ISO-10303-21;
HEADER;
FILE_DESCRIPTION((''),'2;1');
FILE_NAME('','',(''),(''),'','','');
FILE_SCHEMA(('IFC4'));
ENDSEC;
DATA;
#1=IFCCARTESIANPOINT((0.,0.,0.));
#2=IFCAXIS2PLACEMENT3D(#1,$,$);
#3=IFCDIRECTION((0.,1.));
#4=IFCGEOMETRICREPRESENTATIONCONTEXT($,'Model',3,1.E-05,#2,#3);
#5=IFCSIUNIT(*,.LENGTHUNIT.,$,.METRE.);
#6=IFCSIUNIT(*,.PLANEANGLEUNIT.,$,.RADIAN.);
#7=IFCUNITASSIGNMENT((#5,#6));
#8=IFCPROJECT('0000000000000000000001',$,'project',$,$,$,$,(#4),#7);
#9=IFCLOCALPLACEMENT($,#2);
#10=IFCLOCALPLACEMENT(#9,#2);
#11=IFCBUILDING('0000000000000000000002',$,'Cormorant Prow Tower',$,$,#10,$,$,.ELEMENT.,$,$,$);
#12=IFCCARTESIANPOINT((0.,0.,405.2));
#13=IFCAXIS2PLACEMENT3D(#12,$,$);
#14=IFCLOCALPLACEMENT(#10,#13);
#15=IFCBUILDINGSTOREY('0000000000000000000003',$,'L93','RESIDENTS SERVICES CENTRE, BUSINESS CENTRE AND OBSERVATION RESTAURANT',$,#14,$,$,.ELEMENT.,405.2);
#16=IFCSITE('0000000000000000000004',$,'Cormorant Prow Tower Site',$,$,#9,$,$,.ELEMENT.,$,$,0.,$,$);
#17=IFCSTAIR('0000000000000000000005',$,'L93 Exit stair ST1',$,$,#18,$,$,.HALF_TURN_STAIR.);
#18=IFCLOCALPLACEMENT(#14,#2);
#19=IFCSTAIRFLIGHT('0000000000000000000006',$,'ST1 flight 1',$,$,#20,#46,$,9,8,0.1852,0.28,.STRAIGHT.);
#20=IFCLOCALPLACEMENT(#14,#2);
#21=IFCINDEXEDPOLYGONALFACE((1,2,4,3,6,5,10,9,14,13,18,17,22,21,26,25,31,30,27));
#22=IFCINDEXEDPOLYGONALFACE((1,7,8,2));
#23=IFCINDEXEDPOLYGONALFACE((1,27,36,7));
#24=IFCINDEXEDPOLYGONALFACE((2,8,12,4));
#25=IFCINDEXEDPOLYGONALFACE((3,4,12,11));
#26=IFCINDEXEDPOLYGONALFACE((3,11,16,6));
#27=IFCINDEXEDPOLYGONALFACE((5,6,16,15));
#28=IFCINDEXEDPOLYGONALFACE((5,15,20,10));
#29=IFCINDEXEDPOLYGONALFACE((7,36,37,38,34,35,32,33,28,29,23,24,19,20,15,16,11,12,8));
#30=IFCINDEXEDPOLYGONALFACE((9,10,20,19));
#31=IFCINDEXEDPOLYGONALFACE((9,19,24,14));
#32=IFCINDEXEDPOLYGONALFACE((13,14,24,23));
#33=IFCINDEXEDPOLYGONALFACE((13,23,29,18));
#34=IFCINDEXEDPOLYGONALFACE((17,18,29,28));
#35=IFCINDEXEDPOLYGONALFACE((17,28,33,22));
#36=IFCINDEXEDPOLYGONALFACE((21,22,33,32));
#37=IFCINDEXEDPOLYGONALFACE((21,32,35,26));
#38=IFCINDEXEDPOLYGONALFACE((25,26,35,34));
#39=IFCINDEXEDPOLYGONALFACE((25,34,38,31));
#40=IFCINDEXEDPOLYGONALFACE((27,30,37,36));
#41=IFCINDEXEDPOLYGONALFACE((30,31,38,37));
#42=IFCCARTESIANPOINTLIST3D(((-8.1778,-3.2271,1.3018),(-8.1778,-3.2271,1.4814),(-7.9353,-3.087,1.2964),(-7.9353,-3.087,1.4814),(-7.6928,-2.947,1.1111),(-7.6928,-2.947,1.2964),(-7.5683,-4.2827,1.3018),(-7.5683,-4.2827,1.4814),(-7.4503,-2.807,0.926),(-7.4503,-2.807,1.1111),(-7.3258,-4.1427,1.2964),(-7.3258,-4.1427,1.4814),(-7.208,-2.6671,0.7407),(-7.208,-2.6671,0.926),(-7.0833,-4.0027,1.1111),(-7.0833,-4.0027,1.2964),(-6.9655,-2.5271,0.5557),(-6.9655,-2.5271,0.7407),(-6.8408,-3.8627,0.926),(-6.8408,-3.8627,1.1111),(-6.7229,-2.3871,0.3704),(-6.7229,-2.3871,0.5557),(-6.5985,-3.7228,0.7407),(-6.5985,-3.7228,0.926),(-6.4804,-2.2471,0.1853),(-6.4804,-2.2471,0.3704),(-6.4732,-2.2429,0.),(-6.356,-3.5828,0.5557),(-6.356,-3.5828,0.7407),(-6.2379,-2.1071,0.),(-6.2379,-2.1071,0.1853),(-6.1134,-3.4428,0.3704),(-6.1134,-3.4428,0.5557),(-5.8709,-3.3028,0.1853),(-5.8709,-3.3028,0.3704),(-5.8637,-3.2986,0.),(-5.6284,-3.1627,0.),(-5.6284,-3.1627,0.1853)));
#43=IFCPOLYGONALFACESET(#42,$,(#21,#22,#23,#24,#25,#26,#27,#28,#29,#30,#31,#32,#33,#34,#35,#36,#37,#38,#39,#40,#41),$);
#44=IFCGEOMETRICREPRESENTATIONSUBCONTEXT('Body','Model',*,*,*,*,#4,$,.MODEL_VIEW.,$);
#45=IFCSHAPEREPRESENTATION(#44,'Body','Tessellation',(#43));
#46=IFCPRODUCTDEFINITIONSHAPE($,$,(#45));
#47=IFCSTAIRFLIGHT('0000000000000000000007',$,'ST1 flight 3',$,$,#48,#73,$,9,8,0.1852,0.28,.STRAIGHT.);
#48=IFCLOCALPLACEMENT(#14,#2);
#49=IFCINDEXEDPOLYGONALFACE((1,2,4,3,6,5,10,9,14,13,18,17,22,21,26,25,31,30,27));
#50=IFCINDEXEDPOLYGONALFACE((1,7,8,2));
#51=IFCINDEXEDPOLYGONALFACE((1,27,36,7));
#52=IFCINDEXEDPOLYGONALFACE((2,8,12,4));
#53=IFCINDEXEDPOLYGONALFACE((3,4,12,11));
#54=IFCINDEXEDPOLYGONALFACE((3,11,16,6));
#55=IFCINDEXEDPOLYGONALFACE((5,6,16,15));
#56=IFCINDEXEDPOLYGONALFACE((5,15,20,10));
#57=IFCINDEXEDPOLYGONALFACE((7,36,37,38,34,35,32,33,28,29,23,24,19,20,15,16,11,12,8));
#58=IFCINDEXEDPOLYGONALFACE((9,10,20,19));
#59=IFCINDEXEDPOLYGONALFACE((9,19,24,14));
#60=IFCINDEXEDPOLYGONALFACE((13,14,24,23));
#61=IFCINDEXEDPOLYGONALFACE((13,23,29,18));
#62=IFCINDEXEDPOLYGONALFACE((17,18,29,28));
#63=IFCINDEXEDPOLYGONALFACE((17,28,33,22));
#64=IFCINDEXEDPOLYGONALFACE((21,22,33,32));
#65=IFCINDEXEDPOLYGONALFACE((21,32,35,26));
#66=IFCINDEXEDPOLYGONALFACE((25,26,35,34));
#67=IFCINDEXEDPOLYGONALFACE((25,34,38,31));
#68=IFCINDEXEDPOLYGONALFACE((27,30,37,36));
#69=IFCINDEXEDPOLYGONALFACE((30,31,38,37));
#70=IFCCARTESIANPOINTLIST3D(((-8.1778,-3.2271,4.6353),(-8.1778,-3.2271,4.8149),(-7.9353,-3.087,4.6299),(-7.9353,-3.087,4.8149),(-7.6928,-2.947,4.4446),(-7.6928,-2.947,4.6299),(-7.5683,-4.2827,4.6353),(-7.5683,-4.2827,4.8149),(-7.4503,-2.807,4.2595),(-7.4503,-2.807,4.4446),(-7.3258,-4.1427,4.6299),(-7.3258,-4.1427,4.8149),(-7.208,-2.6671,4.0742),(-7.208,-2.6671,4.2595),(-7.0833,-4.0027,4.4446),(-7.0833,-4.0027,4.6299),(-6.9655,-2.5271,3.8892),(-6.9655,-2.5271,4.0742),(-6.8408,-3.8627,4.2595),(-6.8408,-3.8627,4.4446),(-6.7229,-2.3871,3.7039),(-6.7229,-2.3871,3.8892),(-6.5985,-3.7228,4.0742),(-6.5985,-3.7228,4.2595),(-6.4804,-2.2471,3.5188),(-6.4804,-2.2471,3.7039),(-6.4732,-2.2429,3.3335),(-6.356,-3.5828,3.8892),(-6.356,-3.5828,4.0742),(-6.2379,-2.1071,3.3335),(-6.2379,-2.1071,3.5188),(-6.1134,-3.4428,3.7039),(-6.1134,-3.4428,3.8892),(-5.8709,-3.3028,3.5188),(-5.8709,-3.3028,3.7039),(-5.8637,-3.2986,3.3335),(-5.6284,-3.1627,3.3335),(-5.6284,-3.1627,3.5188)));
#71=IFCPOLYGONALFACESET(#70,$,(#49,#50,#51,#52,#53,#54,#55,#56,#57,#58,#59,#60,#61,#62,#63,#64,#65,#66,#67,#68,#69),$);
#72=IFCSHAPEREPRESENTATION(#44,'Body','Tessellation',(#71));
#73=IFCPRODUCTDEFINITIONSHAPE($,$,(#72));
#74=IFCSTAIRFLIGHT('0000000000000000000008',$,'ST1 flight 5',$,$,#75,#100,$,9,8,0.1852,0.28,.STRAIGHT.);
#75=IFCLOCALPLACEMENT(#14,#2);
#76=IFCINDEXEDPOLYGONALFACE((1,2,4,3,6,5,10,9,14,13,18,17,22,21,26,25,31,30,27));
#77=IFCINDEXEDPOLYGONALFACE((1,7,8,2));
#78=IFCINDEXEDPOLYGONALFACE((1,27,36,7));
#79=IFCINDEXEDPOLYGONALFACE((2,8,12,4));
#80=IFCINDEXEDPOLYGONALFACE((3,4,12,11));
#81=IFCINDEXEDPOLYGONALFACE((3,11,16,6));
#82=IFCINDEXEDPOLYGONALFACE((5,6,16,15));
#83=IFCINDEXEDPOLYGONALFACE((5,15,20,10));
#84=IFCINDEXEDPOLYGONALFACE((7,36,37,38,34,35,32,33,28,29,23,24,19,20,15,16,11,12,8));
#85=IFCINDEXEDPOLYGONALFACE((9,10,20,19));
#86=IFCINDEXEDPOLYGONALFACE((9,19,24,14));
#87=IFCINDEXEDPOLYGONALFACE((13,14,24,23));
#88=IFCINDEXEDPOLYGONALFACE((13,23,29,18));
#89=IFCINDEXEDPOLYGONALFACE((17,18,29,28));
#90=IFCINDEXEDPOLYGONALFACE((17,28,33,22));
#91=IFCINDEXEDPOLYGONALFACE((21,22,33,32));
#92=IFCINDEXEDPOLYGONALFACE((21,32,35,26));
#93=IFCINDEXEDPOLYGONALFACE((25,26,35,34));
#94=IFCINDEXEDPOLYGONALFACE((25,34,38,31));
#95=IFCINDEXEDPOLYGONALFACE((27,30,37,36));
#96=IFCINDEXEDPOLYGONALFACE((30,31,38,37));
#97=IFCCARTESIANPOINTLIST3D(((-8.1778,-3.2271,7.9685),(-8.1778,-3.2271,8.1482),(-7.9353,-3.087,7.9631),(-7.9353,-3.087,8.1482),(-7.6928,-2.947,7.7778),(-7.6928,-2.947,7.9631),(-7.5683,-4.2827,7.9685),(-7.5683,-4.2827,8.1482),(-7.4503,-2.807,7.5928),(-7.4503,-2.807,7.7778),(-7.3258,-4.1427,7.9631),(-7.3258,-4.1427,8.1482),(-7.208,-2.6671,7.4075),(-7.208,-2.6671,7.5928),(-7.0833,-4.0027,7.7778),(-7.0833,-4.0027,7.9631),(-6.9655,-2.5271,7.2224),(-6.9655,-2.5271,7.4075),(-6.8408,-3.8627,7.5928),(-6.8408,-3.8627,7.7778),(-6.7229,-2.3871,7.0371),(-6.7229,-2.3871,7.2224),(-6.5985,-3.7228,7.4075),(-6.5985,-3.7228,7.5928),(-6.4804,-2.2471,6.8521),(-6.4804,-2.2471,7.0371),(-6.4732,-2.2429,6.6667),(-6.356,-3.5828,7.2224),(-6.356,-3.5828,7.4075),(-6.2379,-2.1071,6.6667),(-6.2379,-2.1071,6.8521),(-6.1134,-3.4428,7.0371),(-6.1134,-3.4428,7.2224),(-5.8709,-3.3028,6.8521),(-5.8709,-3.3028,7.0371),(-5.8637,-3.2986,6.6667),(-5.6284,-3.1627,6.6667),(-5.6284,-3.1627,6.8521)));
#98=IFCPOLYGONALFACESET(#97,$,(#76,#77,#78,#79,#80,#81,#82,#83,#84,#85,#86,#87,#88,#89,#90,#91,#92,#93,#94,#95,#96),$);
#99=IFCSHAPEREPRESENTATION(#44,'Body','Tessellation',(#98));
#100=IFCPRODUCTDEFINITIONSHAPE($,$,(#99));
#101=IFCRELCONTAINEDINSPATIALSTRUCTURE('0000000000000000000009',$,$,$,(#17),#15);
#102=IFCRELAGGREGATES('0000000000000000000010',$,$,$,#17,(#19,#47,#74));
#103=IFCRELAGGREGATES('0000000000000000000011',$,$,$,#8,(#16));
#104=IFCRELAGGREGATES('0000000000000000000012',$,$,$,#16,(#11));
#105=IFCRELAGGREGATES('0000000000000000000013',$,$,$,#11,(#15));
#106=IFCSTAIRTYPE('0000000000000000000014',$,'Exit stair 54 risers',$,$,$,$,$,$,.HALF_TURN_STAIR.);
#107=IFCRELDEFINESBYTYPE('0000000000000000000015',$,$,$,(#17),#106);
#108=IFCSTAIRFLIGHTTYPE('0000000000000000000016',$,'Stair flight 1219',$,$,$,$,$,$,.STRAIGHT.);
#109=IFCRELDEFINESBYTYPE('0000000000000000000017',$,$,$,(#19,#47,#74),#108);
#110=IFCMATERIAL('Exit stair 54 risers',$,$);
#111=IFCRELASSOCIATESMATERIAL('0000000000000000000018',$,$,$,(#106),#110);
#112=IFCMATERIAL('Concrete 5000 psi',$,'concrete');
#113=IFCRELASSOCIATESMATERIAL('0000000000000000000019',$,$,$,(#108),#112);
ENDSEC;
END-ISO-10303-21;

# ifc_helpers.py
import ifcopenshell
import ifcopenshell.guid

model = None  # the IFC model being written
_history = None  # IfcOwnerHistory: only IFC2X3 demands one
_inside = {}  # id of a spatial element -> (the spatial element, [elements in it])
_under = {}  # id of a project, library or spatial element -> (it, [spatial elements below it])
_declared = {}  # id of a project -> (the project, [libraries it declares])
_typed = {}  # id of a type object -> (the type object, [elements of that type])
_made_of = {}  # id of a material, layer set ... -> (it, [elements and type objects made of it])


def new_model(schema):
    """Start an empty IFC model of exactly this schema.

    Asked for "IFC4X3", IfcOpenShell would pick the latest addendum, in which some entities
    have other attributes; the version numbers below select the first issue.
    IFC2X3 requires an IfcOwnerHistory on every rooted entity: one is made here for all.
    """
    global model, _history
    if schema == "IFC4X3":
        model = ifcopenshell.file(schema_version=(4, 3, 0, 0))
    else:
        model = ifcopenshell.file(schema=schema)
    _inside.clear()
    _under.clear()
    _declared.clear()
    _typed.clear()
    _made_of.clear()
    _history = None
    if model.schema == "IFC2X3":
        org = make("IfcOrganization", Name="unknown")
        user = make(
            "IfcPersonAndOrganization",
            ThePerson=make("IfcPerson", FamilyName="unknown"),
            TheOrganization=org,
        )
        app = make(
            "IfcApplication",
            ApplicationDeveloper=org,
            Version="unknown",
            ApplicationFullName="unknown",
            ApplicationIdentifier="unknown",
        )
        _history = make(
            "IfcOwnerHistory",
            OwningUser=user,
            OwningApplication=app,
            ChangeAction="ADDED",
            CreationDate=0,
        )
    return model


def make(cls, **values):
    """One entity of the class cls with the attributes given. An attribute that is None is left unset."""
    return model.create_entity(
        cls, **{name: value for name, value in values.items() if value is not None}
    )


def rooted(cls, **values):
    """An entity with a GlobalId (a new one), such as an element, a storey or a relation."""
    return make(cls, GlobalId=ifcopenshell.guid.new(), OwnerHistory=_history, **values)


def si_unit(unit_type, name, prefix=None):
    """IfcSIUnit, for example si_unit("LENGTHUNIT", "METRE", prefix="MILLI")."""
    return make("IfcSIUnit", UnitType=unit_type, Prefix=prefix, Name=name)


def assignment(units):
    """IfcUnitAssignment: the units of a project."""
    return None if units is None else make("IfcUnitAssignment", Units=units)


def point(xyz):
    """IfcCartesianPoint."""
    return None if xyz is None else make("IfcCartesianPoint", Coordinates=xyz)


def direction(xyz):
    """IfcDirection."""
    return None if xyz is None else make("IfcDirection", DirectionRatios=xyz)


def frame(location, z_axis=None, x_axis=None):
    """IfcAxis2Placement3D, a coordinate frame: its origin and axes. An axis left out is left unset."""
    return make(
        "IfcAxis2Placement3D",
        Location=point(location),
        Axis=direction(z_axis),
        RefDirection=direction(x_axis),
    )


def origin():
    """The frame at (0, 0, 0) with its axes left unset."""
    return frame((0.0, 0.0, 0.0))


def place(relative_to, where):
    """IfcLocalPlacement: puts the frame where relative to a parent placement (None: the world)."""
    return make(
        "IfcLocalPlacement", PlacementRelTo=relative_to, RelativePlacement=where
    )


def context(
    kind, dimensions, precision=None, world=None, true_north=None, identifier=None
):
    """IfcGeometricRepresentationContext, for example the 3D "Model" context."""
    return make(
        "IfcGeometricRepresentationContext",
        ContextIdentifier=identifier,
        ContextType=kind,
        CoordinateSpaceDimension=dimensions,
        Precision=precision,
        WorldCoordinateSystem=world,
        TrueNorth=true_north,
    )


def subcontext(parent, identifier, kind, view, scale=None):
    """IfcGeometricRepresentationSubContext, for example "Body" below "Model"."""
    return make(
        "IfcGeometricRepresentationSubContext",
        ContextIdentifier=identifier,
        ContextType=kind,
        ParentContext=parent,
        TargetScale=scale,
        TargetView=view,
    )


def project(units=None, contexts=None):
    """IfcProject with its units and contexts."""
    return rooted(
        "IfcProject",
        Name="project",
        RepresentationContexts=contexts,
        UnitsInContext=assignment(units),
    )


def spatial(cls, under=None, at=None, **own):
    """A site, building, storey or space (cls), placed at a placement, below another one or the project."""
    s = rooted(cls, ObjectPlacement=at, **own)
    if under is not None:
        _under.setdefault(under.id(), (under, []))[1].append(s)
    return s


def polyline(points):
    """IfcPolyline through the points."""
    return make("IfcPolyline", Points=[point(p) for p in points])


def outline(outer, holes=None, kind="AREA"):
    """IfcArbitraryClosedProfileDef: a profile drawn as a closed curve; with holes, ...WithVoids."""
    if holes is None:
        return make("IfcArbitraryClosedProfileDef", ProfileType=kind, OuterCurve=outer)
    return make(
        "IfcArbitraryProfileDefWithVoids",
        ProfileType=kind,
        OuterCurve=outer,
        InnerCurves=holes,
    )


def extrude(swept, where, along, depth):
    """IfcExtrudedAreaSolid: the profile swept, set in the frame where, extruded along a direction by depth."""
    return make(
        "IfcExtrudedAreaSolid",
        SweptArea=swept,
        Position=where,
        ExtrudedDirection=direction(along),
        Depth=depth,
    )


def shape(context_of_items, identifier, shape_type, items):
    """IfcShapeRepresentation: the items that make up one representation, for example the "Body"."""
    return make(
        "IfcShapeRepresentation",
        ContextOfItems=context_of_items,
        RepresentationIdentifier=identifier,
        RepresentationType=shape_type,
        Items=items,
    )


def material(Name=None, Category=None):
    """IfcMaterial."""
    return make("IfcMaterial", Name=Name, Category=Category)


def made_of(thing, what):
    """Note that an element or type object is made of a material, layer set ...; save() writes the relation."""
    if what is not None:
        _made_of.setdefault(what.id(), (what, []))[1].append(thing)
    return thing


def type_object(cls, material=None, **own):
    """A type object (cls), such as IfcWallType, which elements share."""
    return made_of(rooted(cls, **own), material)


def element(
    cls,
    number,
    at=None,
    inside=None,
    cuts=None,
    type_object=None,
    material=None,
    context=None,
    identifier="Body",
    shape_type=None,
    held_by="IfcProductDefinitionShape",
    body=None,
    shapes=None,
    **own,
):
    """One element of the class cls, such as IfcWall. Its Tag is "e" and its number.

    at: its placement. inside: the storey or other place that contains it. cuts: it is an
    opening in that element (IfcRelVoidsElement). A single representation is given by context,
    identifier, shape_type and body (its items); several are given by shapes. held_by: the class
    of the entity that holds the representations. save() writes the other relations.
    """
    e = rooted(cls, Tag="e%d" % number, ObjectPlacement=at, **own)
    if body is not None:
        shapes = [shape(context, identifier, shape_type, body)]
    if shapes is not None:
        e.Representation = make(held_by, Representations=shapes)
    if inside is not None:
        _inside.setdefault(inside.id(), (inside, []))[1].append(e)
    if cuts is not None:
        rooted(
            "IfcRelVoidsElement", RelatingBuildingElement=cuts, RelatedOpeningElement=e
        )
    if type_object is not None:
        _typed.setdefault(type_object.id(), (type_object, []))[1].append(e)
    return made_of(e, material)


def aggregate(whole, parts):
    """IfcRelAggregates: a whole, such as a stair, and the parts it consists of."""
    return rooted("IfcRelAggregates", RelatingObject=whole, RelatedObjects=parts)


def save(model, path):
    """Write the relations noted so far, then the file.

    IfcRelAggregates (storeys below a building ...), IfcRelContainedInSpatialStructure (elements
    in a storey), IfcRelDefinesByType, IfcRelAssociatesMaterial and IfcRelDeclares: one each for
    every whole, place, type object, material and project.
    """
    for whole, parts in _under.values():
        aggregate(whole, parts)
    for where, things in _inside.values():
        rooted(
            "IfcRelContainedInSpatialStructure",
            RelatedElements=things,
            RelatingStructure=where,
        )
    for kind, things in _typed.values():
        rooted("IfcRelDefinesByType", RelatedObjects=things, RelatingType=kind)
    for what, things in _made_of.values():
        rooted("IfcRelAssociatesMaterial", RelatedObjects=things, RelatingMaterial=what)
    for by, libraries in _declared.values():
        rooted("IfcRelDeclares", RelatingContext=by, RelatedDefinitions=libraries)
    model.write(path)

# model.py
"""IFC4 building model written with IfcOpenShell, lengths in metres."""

from ifc_helpers import new_model, si_unit, direction, frame, origin, place, context, subcontext, project, spatial, polyline, outline, extrude, material, type_object, element, aggregate, save


model = new_model("IFC4")

# Units and contexts
model_context = context("Model", 3, precision=1e-05, world=origin(), true_north=direction((0.0, 1.0)))
body_context = subcontext(model_context, "Body", "Model", "MODEL_VIEW")
ifc_project = project(units=[si_unit("LENGTHUNIT", "METRE"), si_unit("PLANEANGLEUNIT", "RADIAN")], contexts=[model_context])

# Site, building, storey
site_placement = place(None, origin())
site = spatial("IfcSite", under=ifc_project, at=site_placement, Name="Cormorant Prow Tower Site", CompositionType="ELEMENT", RefElevation=0.0)
building_placement = place(site_placement, origin())
building = spatial("IfcBuilding", under=site, at=building_placement, Name="Cormorant Prow Tower", CompositionType="ELEMENT")
storey_placement = place(building_placement, frame((0.0, 0.0, 405.2)))
storey = spatial("IfcBuildingStorey", under=building, at=storey_placement, Name="L93", Description="RESIDENTS SERVICES CENTRE, BUSINESS CENTRE AND OBSERVATION RESTAURANT", CompositionType="ELEMENT", Elevation=405.2)

# Stair, stair flights
ifc_material_1 = material(Name="Exit stair 54 risers")
stair_type = type_object("IfcStairType", Name="Exit stair 54 risers", PredefinedType="HALF_TURN_STAIR", material=ifc_material_1)
stair_placement = place(storey_placement, origin())
stair = element("IfcStair", 1, at=stair_placement, inside=storey, type_object=stair_type, Name="L93 Exit stair ST1", PredefinedType="HALF_TURN_STAIR")
ifc_material_2 = material(Name="Concrete 5000 psi", Category="concrete")
stair_flight_type = type_object("IfcStairFlightType", Name="Stair flight 1219", PredefinedType="STRAIGHT", material=ifc_material_2)
stair_flight_1_placement = place(storey_placement, frame((-5.9331, -2.635, 0.0), z_axis=(0.0, 0.0, 1.0), x_axis=(-0.866025, -0.5, 0.0)))
stair_flight_1 = element("IfcStairFlight", 2, at=stair_flight_1_placement, type_object=stair_flight_type, Name="ST1 flight 1", NumberOfRisers=9, NumberOfTreads=8, PredefinedType="STRAIGHT", RiserHeight=0.1852, TreadLength=0.28, context=body_context, shape_type="SweptSolid", body=[
    extrude(outline(polyline([(0.0, 0.0), (0.0, 0.1853), (0.28, 0.1853), (0.28, 0.3704), (0.5601, 0.3704), (0.5601, 0.5557), (0.8401, 0.5557), (0.8401, 0.7407), (1.1201, 0.7407), (1.1201, 0.926), (1.3999, 0.926), (1.3999, 1.1111), (1.6799, 1.1111), (1.6799, 1.2964), (1.96, 1.2964), (1.96, 1.4814), (2.24, 1.4814), (2.24, 1.6667), (2.24, 1.3018), (0.2717, 0.0), (0.0, 0.0)])), frame((0.0, 0.6094, 0.0), z_axis=(0.0, -1.0, 0.0), x_axis=(1.0, 0.0, 0.0)), (0.0, 0.0, 1.0), 1.219),
])
stair_flight_2_placement = place(storey_placement, frame((-5.9331, -2.635, 3.3335), z_axis=(0.0, 0.0, 1.0), x_axis=(-0.866025, -0.5, 0.0)))
stair_flight_2 = element("IfcStairFlight", 3, at=stair_flight_2_placement, type_object=stair_flight_type, Name="ST1 flight 3", NumberOfRisers=9, NumberOfTreads=8, PredefinedType="STRAIGHT", RiserHeight=0.1852, TreadLength=0.28, context=body_context, shape_type="SweptSolid", body=[
    extrude(outline(polyline([(0.0, 0.0), (0.0, 0.1853), (0.28, 0.1853), (0.28, 0.3704), (0.5601, 0.3704), (0.5601, 0.5557), (0.8401, 0.5557), (0.8401, 0.7407), (1.1201, 0.7407), (1.1201, 0.926), (1.3999, 0.926), (1.3999, 1.1111), (1.6799, 1.1111), (1.6799, 1.2964), (1.96, 1.2964), (1.96, 1.4814), (2.24, 1.4814), (2.24, 1.6667), (2.24, 1.3018), (0.2717, 0.0), (0.0, 0.0)])), frame((0.0, 0.6094, 0.0), z_axis=(0.0, -1.0, 0.0), x_axis=(1.0, 0.0, 0.0)), (0.0, 0.0, 1.0), 1.219),
])
stair_flight_3_placement = place(storey_placement, frame((-5.9331, -2.635, 6.6667), z_axis=(0.0, 0.0, 1.0), x_axis=(-0.866025, -0.5, 0.0)))
stair_flight_3 = element("IfcStairFlight", 4, at=stair_flight_3_placement, type_object=stair_flight_type, Name="ST1 flight 5", NumberOfRisers=9, NumberOfTreads=8, PredefinedType="STRAIGHT", RiserHeight=0.1852, TreadLength=0.28, context=body_context, shape_type="SweptSolid", body=[
    extrude(outline(polyline([(0.0, 0.0), (0.0, 0.1853), (0.28, 0.1853), (0.28, 0.3704), (0.5601, 0.3704), (0.5601, 0.5557), (0.8401, 0.5557), (0.8401, 0.7407), (1.1201, 0.7407), (1.1201, 0.926), (1.3999, 0.926), (1.3999, 1.1111), (1.6799, 1.1111), (1.6799, 1.2964), (1.96, 1.2964), (1.96, 1.4814), (2.24, 1.4814), (2.24, 1.6667), (2.24, 1.3018), (0.2717, 0.0), (0.0, 0.0)])), frame((0.0, 0.6094, 0.0), z_axis=(0.0, -1.0, 0.0), x_axis=(1.0, 0.0, 0.0)), (0.0, 0.0, 1.0), 1.219),
])
aggregate(stair, [stair_flight_1, stair_flight_2, stair_flight_3])

save(model, "model.ifc")
